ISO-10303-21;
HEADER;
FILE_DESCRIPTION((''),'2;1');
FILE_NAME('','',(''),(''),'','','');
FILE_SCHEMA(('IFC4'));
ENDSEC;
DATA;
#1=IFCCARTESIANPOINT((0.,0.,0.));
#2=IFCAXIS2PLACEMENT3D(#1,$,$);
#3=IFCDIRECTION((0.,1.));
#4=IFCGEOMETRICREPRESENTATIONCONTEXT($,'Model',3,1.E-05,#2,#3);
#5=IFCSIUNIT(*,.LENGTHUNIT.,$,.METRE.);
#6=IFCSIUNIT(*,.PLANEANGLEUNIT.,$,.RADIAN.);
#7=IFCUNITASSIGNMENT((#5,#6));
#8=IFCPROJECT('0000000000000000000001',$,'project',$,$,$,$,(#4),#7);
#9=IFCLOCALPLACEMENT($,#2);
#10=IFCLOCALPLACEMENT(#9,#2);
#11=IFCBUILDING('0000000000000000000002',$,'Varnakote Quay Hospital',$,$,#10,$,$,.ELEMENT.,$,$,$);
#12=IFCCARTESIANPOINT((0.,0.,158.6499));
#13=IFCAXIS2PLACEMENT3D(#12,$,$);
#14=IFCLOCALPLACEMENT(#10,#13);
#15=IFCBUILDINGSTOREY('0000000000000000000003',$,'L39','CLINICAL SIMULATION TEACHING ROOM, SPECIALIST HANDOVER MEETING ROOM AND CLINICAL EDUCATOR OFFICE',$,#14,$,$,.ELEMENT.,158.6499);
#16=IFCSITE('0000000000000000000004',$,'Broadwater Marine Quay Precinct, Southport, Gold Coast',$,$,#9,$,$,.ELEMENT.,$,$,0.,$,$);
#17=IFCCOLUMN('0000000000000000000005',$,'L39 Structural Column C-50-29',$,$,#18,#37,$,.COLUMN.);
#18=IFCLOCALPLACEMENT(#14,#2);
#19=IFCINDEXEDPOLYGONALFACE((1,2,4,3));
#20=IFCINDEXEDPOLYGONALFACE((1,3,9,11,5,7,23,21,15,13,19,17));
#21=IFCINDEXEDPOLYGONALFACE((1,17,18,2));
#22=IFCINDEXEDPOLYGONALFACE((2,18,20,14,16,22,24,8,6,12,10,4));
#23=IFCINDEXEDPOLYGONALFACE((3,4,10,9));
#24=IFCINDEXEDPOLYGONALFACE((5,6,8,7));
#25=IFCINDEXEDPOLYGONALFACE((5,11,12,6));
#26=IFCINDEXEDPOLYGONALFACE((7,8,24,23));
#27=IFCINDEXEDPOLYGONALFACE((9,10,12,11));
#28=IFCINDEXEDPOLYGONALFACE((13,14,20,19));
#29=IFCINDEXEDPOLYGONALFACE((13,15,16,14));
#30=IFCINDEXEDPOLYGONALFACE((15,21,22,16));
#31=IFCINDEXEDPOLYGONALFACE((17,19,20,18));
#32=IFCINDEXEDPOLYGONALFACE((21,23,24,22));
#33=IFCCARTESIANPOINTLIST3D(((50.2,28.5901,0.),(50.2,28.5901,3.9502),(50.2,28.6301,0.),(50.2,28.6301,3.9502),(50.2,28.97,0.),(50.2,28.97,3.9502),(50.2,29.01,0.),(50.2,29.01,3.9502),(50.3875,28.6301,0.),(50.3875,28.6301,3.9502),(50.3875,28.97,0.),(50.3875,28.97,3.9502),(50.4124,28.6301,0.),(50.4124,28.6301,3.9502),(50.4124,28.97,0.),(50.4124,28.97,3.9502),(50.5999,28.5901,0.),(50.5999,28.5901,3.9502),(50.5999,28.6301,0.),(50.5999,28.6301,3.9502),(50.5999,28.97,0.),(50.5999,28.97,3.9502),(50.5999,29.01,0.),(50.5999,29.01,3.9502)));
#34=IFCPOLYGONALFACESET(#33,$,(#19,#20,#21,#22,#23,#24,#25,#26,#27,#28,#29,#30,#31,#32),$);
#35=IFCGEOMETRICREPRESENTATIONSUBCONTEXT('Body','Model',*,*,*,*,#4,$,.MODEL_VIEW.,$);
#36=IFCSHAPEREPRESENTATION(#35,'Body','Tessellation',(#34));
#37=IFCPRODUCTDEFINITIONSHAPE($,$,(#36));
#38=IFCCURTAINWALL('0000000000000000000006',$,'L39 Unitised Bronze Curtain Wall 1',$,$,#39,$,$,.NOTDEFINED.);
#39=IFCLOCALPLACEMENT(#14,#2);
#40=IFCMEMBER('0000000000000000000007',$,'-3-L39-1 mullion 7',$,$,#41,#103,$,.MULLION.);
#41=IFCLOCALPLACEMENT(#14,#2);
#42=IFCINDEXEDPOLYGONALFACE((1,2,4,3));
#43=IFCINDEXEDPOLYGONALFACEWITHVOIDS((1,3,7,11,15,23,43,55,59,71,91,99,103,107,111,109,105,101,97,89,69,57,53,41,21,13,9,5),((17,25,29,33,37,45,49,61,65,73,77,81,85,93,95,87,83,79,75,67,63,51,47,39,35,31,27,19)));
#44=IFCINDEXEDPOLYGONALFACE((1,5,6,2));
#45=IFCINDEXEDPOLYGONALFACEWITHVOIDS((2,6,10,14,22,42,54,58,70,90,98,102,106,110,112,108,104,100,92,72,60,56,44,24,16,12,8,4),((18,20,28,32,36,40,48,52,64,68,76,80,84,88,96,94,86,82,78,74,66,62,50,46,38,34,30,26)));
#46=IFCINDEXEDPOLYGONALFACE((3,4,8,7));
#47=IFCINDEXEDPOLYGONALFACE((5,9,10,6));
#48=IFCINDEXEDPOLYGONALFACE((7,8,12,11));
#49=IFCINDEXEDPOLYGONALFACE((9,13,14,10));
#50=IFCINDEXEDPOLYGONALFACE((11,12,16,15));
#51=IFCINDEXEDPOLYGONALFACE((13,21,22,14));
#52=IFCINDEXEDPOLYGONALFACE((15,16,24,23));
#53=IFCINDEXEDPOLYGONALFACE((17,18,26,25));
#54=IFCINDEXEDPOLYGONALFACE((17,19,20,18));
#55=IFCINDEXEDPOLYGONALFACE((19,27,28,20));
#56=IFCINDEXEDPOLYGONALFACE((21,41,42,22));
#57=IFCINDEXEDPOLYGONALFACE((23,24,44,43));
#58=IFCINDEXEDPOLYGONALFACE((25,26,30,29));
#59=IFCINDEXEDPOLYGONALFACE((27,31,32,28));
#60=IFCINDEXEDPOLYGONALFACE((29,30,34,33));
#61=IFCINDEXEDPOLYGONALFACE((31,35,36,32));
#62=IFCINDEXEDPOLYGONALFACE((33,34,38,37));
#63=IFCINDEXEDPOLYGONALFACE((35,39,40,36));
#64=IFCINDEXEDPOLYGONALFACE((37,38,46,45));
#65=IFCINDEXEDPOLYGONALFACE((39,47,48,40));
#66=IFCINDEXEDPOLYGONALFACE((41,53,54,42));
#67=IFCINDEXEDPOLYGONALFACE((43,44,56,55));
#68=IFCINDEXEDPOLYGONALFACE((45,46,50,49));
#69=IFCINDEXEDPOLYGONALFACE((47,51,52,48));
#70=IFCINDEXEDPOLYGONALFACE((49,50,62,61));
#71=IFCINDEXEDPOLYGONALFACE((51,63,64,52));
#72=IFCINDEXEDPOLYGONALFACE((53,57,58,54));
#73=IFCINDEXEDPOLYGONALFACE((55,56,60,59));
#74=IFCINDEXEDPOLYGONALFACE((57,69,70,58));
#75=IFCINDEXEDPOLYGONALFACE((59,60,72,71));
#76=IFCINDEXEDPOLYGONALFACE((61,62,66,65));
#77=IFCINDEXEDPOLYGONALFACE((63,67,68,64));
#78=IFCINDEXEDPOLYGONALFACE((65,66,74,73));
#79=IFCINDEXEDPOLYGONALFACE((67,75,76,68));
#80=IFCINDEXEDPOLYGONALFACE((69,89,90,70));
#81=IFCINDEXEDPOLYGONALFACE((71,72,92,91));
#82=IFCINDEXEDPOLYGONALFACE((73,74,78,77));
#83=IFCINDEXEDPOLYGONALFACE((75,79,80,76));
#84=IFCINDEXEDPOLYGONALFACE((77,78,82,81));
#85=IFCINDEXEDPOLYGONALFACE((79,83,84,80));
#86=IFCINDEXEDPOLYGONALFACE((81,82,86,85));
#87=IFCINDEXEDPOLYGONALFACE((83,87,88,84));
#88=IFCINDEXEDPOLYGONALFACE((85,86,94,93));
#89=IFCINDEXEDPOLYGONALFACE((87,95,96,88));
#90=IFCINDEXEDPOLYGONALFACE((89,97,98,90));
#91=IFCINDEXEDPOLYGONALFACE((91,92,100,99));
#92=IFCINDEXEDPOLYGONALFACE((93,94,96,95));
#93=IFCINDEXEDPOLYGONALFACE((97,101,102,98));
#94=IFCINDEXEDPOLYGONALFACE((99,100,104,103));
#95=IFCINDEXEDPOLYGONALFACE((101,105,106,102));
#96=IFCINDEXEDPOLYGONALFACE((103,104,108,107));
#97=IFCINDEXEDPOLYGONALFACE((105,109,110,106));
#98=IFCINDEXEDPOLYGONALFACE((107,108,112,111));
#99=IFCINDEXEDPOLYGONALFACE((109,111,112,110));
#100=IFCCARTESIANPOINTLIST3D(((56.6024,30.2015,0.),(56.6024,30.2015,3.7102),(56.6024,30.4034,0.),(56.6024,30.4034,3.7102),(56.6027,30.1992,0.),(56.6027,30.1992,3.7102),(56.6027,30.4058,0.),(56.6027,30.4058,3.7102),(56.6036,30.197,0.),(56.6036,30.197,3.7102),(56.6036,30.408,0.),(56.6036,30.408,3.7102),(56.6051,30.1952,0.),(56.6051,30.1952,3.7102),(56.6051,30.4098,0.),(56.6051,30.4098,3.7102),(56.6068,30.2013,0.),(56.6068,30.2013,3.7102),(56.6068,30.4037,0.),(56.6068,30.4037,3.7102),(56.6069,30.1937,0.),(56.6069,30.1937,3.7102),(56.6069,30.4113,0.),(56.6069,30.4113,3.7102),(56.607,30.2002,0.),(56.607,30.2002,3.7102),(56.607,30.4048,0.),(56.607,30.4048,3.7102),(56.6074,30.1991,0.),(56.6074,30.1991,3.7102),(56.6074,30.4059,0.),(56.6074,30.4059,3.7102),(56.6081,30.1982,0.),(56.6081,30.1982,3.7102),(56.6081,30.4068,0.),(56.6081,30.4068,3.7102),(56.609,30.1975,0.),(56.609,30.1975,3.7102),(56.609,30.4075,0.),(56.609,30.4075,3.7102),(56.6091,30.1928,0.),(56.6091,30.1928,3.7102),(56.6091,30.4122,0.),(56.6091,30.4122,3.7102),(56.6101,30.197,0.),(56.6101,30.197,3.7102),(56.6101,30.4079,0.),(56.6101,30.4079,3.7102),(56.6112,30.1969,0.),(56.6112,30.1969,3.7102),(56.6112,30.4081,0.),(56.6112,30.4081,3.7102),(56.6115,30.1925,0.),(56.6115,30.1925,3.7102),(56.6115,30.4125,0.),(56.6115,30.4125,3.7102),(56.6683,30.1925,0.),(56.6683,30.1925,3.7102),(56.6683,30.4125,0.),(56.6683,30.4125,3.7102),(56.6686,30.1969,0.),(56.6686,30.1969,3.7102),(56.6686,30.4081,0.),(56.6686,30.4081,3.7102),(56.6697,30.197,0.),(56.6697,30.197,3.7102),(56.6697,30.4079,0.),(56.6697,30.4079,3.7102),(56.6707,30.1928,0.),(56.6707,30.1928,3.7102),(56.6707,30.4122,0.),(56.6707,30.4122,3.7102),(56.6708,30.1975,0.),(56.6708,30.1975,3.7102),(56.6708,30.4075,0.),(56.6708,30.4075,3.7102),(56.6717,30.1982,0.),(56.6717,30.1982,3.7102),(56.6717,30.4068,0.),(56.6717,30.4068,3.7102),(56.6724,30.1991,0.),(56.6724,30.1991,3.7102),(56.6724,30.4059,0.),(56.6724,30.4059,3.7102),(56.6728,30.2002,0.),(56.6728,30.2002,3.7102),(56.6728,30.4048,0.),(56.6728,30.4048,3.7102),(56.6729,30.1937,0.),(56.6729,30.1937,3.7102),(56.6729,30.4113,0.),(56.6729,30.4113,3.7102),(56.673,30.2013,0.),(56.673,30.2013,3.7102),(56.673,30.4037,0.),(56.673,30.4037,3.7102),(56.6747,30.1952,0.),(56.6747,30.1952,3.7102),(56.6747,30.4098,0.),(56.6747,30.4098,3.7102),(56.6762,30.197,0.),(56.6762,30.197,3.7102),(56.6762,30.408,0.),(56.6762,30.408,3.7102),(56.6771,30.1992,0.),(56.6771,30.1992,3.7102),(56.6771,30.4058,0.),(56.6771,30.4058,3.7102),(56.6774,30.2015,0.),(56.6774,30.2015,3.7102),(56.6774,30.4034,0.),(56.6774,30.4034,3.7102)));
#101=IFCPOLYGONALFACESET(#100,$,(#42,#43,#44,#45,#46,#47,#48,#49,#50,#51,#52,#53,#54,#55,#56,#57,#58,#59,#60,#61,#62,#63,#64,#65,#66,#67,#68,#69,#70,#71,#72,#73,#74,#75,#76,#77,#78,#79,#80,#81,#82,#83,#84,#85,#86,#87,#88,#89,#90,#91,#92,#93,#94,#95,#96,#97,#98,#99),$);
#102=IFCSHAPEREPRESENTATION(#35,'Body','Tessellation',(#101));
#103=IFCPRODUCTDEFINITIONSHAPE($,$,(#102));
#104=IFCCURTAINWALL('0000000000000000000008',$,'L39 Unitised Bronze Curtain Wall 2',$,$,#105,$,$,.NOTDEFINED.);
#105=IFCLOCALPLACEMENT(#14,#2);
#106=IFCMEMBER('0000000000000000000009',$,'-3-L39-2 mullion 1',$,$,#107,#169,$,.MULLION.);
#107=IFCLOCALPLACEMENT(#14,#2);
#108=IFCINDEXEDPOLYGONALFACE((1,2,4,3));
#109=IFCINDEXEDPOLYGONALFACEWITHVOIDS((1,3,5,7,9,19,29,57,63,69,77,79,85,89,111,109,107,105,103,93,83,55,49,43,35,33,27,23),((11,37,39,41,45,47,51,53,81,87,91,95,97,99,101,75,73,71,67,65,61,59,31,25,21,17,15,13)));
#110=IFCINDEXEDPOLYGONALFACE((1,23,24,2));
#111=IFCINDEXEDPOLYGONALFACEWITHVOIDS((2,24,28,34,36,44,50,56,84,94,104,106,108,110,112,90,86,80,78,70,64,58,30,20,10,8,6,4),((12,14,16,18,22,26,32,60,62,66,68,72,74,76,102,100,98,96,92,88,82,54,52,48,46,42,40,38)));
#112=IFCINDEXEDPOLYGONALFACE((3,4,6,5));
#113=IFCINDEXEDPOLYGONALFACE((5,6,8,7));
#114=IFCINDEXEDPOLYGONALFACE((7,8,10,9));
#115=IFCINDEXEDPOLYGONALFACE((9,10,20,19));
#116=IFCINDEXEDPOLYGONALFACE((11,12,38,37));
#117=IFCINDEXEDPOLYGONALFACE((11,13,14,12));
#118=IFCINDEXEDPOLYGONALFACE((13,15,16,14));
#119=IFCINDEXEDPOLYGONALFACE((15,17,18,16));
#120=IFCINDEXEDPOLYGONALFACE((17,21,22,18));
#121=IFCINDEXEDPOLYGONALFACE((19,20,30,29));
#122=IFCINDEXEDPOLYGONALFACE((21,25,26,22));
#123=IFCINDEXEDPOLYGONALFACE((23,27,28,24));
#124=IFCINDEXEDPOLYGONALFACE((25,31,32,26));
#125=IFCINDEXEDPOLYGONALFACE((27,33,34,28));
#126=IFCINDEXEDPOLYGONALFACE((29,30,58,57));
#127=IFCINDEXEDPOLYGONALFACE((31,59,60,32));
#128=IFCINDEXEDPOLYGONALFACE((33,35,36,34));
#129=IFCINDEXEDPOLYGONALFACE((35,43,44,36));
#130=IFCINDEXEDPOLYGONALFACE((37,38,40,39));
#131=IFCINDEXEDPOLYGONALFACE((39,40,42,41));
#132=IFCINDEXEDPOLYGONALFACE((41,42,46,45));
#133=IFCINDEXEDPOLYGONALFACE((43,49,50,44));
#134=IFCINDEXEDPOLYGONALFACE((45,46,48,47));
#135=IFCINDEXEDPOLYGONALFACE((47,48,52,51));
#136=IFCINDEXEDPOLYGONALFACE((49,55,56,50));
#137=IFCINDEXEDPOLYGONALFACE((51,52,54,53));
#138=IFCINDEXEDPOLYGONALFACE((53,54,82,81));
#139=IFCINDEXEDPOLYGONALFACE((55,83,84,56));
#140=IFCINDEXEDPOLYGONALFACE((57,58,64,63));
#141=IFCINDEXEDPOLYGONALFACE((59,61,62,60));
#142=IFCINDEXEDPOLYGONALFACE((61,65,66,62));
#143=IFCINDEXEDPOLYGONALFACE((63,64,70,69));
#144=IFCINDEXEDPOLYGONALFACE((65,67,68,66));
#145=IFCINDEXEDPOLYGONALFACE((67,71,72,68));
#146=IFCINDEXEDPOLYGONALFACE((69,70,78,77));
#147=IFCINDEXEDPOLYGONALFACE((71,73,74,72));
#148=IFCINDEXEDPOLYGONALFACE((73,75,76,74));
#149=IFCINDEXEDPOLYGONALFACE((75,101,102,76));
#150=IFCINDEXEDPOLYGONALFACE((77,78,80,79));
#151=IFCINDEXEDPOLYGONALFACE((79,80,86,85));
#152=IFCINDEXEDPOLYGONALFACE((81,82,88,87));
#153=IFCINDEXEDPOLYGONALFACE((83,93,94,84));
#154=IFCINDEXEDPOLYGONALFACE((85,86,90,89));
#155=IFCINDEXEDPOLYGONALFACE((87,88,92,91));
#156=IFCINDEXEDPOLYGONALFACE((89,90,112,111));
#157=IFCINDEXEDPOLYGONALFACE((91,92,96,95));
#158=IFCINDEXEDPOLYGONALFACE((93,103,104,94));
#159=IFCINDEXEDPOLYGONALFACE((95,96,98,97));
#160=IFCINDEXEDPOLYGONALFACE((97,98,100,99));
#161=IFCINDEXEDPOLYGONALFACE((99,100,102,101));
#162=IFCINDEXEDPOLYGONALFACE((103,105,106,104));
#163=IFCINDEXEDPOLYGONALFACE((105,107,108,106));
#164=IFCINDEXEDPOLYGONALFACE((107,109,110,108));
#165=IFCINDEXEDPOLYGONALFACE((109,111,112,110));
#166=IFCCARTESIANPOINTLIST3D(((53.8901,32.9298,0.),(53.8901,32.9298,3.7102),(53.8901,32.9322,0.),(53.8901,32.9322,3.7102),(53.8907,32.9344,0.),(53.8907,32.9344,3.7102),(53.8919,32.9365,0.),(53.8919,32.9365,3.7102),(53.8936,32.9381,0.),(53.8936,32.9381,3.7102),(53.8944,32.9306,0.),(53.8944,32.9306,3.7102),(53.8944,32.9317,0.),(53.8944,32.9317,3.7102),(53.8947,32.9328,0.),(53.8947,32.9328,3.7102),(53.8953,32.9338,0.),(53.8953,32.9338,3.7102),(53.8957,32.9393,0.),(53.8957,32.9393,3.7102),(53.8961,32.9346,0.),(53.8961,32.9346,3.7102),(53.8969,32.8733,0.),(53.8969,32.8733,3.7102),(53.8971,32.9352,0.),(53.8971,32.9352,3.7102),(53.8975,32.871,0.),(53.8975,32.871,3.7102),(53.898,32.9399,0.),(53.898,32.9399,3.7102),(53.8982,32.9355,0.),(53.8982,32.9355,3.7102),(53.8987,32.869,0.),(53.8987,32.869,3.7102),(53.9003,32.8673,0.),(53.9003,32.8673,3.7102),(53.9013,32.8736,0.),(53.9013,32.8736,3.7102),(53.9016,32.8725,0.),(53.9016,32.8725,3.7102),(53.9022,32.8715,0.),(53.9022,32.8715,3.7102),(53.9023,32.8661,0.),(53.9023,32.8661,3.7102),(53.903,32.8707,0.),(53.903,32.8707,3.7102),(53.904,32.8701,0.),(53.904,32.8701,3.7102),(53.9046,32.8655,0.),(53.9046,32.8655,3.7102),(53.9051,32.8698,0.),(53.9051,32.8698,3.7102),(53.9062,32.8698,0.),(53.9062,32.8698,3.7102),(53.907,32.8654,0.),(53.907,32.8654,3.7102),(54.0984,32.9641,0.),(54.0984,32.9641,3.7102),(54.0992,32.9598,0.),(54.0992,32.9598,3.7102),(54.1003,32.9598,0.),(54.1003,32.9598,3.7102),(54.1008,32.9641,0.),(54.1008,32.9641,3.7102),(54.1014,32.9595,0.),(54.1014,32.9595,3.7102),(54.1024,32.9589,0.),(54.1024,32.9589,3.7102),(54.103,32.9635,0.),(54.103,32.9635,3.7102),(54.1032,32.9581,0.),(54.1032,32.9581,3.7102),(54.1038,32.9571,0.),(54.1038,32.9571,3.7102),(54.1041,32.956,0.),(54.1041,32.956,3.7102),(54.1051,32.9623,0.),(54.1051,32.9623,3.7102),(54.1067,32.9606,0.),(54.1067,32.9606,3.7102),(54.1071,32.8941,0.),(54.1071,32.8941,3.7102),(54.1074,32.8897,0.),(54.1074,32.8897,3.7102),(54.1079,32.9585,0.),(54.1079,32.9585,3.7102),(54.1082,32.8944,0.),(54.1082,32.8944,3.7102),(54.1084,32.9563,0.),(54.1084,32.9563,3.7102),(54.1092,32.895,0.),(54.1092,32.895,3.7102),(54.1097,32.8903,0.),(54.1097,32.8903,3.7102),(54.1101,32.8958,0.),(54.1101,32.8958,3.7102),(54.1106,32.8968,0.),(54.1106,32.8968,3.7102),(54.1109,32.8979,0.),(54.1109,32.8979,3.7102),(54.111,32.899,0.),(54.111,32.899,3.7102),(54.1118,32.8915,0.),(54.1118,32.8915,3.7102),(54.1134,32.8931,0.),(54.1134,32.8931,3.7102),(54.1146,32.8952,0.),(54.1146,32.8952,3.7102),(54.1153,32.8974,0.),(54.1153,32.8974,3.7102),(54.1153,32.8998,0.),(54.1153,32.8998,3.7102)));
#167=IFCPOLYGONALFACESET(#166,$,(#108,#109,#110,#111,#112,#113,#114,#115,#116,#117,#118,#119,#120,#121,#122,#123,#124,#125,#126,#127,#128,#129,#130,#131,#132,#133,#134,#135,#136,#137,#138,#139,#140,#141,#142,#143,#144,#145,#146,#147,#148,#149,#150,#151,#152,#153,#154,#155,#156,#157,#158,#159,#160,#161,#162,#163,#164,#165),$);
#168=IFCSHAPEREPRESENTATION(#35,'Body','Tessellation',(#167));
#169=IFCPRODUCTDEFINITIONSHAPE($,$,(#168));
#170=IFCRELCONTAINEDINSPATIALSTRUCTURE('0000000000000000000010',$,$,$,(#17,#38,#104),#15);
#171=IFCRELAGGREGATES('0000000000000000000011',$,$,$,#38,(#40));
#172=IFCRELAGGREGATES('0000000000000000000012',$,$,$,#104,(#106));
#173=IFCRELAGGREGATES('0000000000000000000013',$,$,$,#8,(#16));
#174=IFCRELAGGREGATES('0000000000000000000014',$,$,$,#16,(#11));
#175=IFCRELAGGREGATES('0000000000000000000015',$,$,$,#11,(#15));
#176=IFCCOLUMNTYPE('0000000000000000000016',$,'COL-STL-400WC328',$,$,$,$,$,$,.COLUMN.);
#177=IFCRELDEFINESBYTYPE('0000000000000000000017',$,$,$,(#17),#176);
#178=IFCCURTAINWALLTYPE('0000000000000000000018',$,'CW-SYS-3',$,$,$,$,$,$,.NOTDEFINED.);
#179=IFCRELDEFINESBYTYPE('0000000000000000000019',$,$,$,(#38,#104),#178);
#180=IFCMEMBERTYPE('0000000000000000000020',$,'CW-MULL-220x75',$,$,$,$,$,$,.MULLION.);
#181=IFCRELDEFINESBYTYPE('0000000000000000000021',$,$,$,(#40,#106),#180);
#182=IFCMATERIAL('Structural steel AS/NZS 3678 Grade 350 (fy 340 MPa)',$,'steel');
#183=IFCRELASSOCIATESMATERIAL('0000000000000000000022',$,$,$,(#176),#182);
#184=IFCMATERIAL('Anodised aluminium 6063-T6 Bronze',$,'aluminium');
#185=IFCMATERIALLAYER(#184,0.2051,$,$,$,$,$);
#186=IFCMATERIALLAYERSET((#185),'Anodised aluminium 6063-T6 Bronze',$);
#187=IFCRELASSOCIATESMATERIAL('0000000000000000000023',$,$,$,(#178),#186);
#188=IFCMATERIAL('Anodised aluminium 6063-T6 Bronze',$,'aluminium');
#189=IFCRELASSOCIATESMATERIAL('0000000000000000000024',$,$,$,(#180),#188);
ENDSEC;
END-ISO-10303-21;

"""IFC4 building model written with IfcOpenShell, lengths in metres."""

from ifc_helpers import new_model, si_unit, direction, frame, origin, origin_2d, place, context, subcontext, project, spatial, hollow_rectangle, i_section, extrude, material, layer, layer_set, material_profile, profile_set, type_object, element, aggregate, save


model = new_model("IFC4")

# Units and contexts
model_context = context("Model", 3, precision=1e-05, world=origin(), true_north=direction((0.0, 1.0)))
body_context = subcontext(model_context, "Body", "Model", "MODEL_VIEW")
ifc_project = project(units=[si_unit("LENGTHUNIT", "METRE"), si_unit("PLANEANGLEUNIT", "RADIAN")], contexts=[model_context])

# Site, building, storey
site_placement = place(None, origin())
site = spatial("IfcSite", under=ifc_project, at=site_placement, Name="Broadwater Marine Quay Precinct, Southport, Gold Coast", CompositionType="ELEMENT", RefElevation=0.0)
building_placement = place(site_placement, origin())
building = spatial("IfcBuilding", under=site, at=building_placement, Name="Varnakote Quay Hospital", CompositionType="ELEMENT")
storey_placement = place(building_placement, frame((0.0, 0.0, 158.6499)))
storey = spatial("IfcBuildingStorey", under=building, at=storey_placement, Name="L39", Description="CLINICAL SIMULATION TEACHING ROOM, SPECIALIST HANDOVER MEETING ROOM AND CLINICAL EDUCATOR OFFICE", CompositionType="ELEMENT", Elevation=158.6499)

# Column
ifc_material_1 = material(Name="Structural steel AS/NZS 3678 Grade 350 (fy 340 MPa)", Category="steel")
ifc_material_profile_1 = material_profile(ifc_material_1, i_section(OverallWidth=0.3999, OverallDepth=0.4199, WebThickness=0.0249, FlangeThickness=0.04, at=origin_2d()), Name="400WC328")
ifc_profile_set_1 = profile_set([ifc_material_profile_1], Name="Structural steel AS/NZS 3678 Grade 350 (fy 340 MPa)")
column_type = type_object("IfcColumnType", Name="COL-STL-400WC328", PredefinedType="COLUMN", material=ifc_profile_set_1)
column_placement = place(storey_placement, frame((50.3999, 28.8, 0.0), z_axis=(0.0, 0.0, 1.0), x_axis=(1.0, 0.0, 0.0)))
element("IfcColumn", 1, at=column_placement, inside=storey, type_object=column_type, Name="L39 Structural Column C-50-29", PredefinedType="COLUMN", context=body_context, shape_type="SweptSolid", body=[
    extrude(i_section(OverallWidth=0.3999, OverallDepth=0.4199, WebThickness=0.0249, FlangeThickness=0.04, at=origin_2d()), origin(), (0.0, 0.0, 1.0), 3.9502),
])

# Curtain wall, member
ifc_material_2 = material(Name="Anodised aluminium 6063-T6 Bronze", Category="aluminium")
ifc_layer_1 = layer(ifc_material_2, 0.2051)
ifc_layer_set_1 = layer_set([ifc_layer_1], Name="Anodised aluminium 6063-T6 Bronze")
curtain_wall_type = type_object("IfcCurtainWallType", Name="CW-SYS-3", PredefinedType="NOTDEFINED", material=ifc_layer_set_1)
curtain_wall_1_placement = place(storey_placement, origin())
curtain_wall_1 = element("IfcCurtainWall", 2, at=curtain_wall_1_placement, inside=storey, type_object=curtain_wall_type, Name="L39 Unitised Bronze Curtain Wall 1", PredefinedType="NOTDEFINED")
ifc_material_3 = material(Name="Anodised aluminium 6063-T6 Bronze", Category="aluminium")
ifc_material_profile_2 = material_profile(ifc_material_3, hollow_rectangle(XDim=0.075, YDim=0.22, WallThickness=0.0044, InnerFilletRadius=0.0044, OuterFilletRadius=0.009, at=origin_2d()), Name="CW-MULL-220x75")
ifc_profile_set_2 = profile_set([ifc_material_profile_2], Name="Anodised aluminium 6063-T6 Bronze")
member_type_1 = type_object("IfcMemberType", Name="CW-MULL-220x75", PredefinedType="MULLION", material=ifc_profile_set_2)
member_1_placement = place(storey_placement, frame((56.6399, 30.3025, 0.0), z_axis=(0.0, 0.0, 1.0), x_axis=(-1.0, 0.0, 0.0)))
member_1 = element("IfcMember", 3, at=member_1_placement, type_object=member_type_1, Name="-3-L39-1 mullion 7", PredefinedType="MULLION", context=body_context, shape_type="SweptSolid", body=[
    extrude(hollow_rectangle(XDim=0.075, YDim=0.22, WallThickness=0.0044, InnerFilletRadius=0.0044, OuterFilletRadius=0.009, at=origin_2d()), origin(), (0.0, 0.0, 1.0), 3.7102),
])

# Curtain wall, member
curtain_wall_2_placement = place(storey_placement, origin())
curtain_wall_2 = element("IfcCurtainWall", 4, at=curtain_wall_2_placement, inside=storey, type_object=curtain_wall_type, Name="L39 Unitised Bronze Curtain Wall 2", PredefinedType="NOTDEFINED")
member_2_placement = place(storey_placement, frame((54.0027, 32.9148, 0.0), z_axis=(0.0, 0.0, 1.0), x_axis=(0.120327, -0.992734, 0.0)))
member_2 = element("IfcMember", 5, at=member_2_placement, type_object=member_type_1, Name="-3-L39-2 mullion 1", PredefinedType="MULLION", context=body_context, shape_type="SweptSolid", body=[
    extrude(hollow_rectangle(XDim=0.075, YDim=0.22, WallThickness=0.0044, InnerFilletRadius=0.0044, OuterFilletRadius=0.009, at=origin_2d()), origin(), (0.0, 0.0, 1.0), 3.7102),
])

aggregate(curtain_wall_1, [member_1])
aggregate(curtain_wall_2, [member_2])

save(model, "model.ifc")
